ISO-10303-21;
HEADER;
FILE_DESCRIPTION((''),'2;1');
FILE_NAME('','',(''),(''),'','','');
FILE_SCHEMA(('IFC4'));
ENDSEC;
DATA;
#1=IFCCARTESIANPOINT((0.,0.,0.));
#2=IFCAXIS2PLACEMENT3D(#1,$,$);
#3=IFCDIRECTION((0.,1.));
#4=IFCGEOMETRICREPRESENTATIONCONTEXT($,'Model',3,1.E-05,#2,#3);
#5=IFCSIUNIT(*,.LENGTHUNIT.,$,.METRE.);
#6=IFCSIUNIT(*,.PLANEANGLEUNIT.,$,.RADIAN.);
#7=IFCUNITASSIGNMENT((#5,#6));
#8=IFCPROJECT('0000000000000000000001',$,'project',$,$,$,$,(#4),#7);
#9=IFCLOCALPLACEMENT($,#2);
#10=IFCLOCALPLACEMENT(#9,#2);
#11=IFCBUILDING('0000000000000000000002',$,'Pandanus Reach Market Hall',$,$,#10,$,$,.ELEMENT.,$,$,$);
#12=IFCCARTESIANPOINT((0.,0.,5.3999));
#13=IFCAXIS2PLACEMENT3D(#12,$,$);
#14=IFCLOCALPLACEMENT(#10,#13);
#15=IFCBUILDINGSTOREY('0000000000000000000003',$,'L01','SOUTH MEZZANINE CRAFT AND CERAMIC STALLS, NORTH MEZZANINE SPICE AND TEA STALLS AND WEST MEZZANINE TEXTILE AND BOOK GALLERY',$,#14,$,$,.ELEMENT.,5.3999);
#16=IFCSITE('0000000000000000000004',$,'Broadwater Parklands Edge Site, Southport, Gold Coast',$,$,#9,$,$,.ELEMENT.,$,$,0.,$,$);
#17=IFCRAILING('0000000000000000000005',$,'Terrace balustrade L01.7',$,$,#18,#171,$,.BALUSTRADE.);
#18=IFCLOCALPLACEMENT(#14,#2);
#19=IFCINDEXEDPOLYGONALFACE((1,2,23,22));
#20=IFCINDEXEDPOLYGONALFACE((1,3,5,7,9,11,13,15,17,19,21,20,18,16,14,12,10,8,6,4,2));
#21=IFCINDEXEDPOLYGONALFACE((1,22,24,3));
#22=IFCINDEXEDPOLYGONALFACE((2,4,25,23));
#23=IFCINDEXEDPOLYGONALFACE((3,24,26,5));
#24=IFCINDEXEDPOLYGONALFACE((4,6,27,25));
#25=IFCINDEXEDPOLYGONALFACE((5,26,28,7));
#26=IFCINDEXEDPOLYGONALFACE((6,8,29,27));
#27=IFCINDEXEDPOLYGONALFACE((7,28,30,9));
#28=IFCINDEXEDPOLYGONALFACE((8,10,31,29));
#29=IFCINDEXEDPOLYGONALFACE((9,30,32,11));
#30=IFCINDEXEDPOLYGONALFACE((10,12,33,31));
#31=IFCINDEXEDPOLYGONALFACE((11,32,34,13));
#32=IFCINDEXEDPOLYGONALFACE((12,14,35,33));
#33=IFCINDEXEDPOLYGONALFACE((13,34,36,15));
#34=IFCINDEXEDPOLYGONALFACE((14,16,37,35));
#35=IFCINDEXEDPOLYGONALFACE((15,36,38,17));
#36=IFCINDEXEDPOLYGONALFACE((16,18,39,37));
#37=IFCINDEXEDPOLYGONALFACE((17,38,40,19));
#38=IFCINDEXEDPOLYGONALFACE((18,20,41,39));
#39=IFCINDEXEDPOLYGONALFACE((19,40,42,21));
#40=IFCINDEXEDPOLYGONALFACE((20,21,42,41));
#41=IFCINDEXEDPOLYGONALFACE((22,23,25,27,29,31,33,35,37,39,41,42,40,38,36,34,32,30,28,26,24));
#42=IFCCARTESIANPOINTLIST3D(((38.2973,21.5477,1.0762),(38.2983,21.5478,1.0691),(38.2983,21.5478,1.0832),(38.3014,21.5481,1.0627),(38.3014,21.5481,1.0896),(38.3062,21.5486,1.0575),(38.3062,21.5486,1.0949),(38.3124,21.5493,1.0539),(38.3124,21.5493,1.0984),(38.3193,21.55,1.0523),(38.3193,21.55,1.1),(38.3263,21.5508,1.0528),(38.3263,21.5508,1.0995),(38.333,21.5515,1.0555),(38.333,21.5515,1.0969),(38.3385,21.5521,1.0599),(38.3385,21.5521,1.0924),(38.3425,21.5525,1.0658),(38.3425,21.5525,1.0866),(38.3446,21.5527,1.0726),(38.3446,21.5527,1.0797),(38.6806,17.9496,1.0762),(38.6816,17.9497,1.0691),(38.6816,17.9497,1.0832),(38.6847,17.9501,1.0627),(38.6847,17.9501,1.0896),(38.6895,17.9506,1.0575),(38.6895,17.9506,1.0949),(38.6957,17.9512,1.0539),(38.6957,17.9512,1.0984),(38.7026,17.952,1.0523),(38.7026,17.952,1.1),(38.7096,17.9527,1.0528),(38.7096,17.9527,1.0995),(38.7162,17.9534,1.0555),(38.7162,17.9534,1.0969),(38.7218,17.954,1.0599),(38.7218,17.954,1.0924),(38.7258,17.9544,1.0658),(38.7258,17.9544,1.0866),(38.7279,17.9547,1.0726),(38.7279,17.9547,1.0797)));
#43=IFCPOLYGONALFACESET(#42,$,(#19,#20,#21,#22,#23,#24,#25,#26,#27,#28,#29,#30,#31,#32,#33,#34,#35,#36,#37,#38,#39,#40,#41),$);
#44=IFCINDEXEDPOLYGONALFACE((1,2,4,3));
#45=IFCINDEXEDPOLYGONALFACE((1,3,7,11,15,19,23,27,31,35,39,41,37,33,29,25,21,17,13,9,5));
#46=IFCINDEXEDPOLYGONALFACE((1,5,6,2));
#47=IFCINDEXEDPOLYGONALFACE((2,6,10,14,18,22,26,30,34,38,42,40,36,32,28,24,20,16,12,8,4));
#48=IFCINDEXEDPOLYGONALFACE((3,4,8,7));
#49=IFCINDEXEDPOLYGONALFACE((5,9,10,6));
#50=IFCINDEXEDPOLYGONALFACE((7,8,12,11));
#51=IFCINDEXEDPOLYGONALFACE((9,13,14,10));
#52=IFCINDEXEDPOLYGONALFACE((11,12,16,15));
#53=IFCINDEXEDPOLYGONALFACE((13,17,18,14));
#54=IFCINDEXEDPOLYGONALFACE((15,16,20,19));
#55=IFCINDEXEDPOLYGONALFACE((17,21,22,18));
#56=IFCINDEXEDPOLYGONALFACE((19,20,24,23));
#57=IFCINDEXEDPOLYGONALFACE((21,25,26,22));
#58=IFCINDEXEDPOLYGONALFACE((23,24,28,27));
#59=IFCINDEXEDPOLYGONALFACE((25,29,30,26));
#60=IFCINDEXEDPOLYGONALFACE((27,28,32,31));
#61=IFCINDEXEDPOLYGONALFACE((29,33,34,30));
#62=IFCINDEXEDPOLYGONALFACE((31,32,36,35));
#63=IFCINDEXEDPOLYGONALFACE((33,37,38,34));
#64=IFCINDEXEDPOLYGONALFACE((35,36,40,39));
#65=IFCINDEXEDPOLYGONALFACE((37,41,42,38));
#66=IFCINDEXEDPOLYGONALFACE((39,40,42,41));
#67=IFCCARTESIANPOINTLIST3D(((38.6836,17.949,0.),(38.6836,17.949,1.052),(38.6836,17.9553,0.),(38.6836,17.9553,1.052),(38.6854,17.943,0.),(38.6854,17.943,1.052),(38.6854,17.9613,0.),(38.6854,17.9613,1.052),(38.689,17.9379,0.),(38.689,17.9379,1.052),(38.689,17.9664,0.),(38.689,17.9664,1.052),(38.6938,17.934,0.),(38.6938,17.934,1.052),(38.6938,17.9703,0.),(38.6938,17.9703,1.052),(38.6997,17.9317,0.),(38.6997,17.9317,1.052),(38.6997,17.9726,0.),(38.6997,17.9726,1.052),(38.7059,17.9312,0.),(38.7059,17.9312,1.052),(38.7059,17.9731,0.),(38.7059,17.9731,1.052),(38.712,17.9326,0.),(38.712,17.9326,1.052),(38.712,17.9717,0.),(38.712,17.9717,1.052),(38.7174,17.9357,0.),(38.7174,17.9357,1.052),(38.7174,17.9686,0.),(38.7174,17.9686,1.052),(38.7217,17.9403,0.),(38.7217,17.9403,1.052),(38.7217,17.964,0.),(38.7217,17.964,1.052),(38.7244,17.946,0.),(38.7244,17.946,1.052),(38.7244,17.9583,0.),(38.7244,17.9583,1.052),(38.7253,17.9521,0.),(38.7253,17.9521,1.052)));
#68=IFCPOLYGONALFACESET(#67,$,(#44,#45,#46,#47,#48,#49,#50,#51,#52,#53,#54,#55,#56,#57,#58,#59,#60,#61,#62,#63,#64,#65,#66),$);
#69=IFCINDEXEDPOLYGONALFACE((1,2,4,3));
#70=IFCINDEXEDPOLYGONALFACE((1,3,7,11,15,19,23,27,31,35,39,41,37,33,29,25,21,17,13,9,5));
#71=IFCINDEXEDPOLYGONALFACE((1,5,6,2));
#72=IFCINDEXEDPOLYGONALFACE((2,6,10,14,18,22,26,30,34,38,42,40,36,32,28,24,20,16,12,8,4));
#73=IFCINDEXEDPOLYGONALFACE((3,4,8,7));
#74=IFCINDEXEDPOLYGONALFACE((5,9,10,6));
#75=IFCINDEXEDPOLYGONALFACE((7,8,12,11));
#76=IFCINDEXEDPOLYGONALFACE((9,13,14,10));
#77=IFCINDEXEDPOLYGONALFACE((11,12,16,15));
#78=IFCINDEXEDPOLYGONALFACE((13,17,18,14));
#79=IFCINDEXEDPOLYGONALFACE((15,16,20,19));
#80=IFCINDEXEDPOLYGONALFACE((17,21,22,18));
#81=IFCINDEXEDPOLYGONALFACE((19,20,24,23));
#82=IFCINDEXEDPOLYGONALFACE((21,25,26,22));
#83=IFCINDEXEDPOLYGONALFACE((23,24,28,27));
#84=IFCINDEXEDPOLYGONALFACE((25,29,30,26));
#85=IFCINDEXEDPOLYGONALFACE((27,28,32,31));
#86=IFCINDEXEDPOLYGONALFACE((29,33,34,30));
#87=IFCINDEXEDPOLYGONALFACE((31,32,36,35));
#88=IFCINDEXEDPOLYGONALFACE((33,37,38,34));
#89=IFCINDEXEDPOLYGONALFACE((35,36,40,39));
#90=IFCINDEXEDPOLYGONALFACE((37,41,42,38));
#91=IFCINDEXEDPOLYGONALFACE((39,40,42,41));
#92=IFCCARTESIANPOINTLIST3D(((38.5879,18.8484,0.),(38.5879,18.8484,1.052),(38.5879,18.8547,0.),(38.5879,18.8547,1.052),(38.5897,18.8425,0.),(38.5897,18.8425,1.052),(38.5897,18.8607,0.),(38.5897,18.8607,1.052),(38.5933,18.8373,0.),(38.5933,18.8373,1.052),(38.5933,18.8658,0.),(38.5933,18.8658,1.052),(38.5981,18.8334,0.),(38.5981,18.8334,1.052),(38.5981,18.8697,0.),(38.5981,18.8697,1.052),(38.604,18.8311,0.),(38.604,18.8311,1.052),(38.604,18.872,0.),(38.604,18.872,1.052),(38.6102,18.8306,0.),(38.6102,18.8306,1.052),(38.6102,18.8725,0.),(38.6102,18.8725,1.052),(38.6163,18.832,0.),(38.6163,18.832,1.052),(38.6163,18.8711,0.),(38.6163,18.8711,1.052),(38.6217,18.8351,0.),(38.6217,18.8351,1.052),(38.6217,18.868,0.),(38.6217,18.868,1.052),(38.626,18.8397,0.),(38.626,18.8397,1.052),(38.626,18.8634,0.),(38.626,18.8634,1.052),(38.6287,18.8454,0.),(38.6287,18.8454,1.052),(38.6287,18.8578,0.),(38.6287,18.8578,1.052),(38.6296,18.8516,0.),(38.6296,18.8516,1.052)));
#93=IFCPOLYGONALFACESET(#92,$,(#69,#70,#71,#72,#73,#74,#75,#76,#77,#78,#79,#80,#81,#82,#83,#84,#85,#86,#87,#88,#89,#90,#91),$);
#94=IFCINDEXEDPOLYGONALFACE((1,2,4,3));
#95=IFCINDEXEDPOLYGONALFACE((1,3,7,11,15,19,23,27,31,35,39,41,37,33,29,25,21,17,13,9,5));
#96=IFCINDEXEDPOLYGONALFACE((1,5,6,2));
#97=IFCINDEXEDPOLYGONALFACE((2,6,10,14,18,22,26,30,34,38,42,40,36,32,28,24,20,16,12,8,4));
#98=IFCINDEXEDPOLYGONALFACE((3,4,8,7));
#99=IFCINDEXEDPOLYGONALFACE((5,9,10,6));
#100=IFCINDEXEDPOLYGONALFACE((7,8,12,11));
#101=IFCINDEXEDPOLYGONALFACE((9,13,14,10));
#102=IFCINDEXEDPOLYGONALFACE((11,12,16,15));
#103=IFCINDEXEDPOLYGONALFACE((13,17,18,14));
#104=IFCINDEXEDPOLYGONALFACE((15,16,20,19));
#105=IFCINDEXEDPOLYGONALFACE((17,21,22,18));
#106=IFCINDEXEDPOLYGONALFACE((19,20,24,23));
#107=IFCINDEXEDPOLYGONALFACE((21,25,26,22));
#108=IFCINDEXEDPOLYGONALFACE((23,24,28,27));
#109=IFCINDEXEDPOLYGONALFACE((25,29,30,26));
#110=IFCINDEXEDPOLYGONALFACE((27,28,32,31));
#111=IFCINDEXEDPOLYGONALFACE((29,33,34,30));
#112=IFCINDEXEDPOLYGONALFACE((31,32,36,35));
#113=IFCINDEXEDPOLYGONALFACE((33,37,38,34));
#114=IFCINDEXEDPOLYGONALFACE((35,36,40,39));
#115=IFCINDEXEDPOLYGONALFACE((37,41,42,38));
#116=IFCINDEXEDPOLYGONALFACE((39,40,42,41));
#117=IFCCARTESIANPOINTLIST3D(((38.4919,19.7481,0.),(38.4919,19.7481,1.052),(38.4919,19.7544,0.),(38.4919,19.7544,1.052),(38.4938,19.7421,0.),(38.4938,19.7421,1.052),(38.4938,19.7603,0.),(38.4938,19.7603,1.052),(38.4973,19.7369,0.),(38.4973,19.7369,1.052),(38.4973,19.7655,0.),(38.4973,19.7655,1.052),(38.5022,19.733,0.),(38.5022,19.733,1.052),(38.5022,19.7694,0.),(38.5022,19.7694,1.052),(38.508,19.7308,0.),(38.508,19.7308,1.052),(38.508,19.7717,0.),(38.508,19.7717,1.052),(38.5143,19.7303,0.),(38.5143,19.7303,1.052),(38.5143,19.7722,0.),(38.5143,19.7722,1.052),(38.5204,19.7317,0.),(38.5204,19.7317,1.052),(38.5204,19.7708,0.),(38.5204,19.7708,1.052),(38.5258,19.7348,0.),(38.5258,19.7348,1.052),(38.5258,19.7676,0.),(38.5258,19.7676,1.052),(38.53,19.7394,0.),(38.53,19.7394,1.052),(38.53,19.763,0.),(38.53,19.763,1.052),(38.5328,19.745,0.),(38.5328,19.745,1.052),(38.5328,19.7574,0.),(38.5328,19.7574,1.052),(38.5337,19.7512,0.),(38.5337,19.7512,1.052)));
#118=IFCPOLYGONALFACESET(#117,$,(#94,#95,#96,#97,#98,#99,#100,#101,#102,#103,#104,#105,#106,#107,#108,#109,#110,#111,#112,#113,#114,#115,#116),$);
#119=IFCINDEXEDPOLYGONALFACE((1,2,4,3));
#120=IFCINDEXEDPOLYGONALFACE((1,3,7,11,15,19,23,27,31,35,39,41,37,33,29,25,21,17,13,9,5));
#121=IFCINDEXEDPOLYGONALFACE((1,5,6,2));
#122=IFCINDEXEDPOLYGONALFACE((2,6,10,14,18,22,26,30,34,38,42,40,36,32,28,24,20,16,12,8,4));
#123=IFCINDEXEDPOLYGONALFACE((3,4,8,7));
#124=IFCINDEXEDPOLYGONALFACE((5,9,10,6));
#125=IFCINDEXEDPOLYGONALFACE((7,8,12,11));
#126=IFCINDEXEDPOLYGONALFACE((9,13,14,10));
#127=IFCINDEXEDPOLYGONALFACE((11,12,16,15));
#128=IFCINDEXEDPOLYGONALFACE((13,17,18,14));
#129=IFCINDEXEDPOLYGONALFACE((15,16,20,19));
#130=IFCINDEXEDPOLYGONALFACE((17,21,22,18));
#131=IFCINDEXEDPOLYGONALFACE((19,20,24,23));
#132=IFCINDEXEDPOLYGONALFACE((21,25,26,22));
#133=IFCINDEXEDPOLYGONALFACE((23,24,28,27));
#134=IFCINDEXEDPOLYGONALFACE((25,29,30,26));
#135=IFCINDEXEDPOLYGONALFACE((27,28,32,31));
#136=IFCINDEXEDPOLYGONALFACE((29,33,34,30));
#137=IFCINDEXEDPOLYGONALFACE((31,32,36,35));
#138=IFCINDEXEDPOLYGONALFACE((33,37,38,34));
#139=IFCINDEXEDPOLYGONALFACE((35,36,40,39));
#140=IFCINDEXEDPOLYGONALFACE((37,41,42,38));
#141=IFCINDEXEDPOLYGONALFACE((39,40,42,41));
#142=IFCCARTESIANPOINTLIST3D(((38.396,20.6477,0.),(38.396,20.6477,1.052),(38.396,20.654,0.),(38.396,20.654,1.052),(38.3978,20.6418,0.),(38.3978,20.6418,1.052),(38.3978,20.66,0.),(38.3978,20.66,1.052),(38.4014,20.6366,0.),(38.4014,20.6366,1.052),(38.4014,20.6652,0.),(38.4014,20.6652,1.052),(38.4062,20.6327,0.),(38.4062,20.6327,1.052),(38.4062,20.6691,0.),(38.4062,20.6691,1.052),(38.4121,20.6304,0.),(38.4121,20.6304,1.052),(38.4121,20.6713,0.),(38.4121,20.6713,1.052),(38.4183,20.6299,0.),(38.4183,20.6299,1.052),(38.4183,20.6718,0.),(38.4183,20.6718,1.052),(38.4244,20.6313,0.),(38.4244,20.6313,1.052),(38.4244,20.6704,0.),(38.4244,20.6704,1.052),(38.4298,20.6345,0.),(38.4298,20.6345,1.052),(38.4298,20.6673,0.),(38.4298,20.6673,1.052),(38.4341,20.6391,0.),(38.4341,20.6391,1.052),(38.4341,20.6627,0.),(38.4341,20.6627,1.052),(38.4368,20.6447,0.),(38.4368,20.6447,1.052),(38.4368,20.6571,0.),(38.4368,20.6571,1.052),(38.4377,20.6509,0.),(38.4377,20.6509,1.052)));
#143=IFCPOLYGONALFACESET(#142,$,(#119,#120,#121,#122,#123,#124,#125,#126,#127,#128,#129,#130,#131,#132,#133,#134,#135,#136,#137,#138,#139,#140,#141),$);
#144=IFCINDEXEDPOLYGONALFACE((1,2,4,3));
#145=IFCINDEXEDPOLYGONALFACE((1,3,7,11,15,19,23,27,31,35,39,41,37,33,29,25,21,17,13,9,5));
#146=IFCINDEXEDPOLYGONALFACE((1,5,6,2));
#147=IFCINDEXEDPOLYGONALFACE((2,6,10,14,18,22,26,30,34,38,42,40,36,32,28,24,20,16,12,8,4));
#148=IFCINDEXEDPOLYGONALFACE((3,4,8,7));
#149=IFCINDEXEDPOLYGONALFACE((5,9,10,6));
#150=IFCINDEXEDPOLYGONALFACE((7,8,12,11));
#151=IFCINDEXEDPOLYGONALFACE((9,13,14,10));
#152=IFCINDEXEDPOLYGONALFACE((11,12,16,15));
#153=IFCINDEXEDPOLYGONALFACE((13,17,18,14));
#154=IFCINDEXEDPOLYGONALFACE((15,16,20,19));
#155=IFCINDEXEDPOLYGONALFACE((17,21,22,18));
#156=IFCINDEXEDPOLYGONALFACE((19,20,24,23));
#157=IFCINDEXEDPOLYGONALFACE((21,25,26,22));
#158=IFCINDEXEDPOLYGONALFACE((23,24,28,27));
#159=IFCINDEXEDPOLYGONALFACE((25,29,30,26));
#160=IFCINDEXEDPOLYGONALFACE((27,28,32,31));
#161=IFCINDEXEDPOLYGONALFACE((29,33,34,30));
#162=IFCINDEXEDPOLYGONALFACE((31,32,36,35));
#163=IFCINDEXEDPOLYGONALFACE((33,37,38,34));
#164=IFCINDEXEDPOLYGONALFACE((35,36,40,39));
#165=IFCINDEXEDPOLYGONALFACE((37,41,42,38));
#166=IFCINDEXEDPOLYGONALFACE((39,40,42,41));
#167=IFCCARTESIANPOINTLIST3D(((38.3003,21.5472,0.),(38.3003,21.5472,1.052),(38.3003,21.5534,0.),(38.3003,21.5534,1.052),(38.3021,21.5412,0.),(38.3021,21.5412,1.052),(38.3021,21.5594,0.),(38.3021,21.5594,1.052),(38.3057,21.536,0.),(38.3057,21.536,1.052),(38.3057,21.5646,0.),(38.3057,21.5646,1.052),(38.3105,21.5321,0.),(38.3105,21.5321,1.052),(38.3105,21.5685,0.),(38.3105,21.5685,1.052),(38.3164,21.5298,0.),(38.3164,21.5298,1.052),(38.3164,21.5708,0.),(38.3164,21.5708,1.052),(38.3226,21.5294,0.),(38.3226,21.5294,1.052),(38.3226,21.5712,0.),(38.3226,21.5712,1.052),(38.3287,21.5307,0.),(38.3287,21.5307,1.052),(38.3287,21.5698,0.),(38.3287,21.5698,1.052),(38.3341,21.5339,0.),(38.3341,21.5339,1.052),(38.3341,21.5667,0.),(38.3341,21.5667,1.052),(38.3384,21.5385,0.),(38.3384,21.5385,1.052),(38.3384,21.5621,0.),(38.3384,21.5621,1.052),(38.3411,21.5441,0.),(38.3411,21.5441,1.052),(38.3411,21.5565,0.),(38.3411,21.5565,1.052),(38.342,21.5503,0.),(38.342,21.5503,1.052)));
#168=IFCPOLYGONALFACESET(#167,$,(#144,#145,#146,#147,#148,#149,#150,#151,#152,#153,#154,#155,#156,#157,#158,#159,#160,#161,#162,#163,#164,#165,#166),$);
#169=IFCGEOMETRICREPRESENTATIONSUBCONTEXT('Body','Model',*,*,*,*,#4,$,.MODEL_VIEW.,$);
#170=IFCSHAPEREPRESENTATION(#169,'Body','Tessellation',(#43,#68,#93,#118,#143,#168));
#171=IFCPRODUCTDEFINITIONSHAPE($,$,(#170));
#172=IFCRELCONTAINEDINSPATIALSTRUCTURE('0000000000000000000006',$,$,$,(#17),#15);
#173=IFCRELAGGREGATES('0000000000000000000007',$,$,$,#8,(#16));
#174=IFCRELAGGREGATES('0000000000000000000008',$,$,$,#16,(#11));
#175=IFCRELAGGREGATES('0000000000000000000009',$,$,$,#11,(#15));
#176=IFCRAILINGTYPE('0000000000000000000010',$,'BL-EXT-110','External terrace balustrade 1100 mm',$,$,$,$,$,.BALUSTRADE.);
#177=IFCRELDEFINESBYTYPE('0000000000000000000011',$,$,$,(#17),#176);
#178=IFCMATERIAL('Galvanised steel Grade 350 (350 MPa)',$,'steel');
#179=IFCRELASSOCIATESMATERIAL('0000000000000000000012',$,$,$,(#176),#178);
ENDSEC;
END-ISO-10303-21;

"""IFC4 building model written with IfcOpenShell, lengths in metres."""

from ifc_helpers import new_model, si_unit, direction, frame, origin, origin_2d, place, context, subcontext, project, spatial, circle, extrude, material, type_object, element, save


model = new_model("IFC4")

# Units and contexts
model_context = context("Model", 3, precision=1e-05, world=origin(), true_north=direction((0.0, 1.0)))
body_context = subcontext(model_context, "Body", "Model", "MODEL_VIEW")
ifc_project = project(units=[si_unit("LENGTHUNIT", "METRE"), si_unit("PLANEANGLEUNIT", "RADIAN")], contexts=[model_context])

# Site, building, storey
site_placement = place(None, origin())
site = spatial("IfcSite", under=ifc_project, at=site_placement, Name="Broadwater Parklands Edge Site, Southport, Gold Coast", CompositionType="ELEMENT", RefElevation=0.0)
building_placement = place(site_placement, origin())
building = spatial("IfcBuilding", under=site, at=building_placement, Name="Pandanus Reach Market Hall", CompositionType="ELEMENT")
storey_placement = place(building_placement, frame((0.0, 0.0, 5.3999)))
storey = spatial("IfcBuildingStorey", under=building, at=storey_placement, Name="L01", Description="SOUTH MEZZANINE CRAFT AND CERAMIC STALLS, NORTH MEZZANINE SPICE AND TEA STALLS AND WEST MEZZANINE TEXTILE AND BOOK GALLERY", CompositionType="ELEMENT", Elevation=5.3999)

# Railing
ifc_material_1 = material(Name="Galvanised steel Grade 350 (350 MPa)", Category="steel")
railing_type = type_object("IfcRailingType", Name="BL-EXT-110", Description="External terrace balustrade 1100 mm", PredefinedType="BALUSTRADE", material=ifc_material_1)
railing_1_placement = place(storey_placement, frame((38.7043, 17.9521, 0.0)))
element("IfcRailing", 1, at=railing_1_placement, inside=storey, type_object=railing_type, Name="Terrace balustrade L01.7", PredefinedType="BALUSTRADE", context=body_context, shape_type="SweptSolid", body=[
    extrude(circle(Radius=0.0239, at=origin_2d()), frame((0.0, 0.0, 1.0762), z_axis=(-0.105928, 0.994374, 0.0), x_axis=(-0.994374, -0.105928, 0.0)), (0.0, 0.0, 1.0), 3.6184),
    extrude(circle(Radius=0.021, at=origin_2d()), origin(), (0.0, 0.0, 1.0), 1.052),
    extrude(circle(Radius=0.021, at=origin_2d()), frame((-0.0957, 0.8994, 0.0)), (0.0, 0.0, 1.0), 1.052),
    extrude(circle(Radius=0.021, at=origin_2d()), frame((-0.1917, 1.7991, 0.0)), (0.0, 0.0, 1.0), 1.052),
    extrude(circle(Radius=0.021, at=origin_2d()), frame((-0.2876, 2.6987, 0.0)), (0.0, 0.0, 1.0), 1.052),
    extrude(circle(Radius=0.021, at=origin_2d()), frame((-0.3833, 3.5981, 0.0)), (0.0, 0.0, 1.0), 1.052),
])

save(model, "model.ifc")
